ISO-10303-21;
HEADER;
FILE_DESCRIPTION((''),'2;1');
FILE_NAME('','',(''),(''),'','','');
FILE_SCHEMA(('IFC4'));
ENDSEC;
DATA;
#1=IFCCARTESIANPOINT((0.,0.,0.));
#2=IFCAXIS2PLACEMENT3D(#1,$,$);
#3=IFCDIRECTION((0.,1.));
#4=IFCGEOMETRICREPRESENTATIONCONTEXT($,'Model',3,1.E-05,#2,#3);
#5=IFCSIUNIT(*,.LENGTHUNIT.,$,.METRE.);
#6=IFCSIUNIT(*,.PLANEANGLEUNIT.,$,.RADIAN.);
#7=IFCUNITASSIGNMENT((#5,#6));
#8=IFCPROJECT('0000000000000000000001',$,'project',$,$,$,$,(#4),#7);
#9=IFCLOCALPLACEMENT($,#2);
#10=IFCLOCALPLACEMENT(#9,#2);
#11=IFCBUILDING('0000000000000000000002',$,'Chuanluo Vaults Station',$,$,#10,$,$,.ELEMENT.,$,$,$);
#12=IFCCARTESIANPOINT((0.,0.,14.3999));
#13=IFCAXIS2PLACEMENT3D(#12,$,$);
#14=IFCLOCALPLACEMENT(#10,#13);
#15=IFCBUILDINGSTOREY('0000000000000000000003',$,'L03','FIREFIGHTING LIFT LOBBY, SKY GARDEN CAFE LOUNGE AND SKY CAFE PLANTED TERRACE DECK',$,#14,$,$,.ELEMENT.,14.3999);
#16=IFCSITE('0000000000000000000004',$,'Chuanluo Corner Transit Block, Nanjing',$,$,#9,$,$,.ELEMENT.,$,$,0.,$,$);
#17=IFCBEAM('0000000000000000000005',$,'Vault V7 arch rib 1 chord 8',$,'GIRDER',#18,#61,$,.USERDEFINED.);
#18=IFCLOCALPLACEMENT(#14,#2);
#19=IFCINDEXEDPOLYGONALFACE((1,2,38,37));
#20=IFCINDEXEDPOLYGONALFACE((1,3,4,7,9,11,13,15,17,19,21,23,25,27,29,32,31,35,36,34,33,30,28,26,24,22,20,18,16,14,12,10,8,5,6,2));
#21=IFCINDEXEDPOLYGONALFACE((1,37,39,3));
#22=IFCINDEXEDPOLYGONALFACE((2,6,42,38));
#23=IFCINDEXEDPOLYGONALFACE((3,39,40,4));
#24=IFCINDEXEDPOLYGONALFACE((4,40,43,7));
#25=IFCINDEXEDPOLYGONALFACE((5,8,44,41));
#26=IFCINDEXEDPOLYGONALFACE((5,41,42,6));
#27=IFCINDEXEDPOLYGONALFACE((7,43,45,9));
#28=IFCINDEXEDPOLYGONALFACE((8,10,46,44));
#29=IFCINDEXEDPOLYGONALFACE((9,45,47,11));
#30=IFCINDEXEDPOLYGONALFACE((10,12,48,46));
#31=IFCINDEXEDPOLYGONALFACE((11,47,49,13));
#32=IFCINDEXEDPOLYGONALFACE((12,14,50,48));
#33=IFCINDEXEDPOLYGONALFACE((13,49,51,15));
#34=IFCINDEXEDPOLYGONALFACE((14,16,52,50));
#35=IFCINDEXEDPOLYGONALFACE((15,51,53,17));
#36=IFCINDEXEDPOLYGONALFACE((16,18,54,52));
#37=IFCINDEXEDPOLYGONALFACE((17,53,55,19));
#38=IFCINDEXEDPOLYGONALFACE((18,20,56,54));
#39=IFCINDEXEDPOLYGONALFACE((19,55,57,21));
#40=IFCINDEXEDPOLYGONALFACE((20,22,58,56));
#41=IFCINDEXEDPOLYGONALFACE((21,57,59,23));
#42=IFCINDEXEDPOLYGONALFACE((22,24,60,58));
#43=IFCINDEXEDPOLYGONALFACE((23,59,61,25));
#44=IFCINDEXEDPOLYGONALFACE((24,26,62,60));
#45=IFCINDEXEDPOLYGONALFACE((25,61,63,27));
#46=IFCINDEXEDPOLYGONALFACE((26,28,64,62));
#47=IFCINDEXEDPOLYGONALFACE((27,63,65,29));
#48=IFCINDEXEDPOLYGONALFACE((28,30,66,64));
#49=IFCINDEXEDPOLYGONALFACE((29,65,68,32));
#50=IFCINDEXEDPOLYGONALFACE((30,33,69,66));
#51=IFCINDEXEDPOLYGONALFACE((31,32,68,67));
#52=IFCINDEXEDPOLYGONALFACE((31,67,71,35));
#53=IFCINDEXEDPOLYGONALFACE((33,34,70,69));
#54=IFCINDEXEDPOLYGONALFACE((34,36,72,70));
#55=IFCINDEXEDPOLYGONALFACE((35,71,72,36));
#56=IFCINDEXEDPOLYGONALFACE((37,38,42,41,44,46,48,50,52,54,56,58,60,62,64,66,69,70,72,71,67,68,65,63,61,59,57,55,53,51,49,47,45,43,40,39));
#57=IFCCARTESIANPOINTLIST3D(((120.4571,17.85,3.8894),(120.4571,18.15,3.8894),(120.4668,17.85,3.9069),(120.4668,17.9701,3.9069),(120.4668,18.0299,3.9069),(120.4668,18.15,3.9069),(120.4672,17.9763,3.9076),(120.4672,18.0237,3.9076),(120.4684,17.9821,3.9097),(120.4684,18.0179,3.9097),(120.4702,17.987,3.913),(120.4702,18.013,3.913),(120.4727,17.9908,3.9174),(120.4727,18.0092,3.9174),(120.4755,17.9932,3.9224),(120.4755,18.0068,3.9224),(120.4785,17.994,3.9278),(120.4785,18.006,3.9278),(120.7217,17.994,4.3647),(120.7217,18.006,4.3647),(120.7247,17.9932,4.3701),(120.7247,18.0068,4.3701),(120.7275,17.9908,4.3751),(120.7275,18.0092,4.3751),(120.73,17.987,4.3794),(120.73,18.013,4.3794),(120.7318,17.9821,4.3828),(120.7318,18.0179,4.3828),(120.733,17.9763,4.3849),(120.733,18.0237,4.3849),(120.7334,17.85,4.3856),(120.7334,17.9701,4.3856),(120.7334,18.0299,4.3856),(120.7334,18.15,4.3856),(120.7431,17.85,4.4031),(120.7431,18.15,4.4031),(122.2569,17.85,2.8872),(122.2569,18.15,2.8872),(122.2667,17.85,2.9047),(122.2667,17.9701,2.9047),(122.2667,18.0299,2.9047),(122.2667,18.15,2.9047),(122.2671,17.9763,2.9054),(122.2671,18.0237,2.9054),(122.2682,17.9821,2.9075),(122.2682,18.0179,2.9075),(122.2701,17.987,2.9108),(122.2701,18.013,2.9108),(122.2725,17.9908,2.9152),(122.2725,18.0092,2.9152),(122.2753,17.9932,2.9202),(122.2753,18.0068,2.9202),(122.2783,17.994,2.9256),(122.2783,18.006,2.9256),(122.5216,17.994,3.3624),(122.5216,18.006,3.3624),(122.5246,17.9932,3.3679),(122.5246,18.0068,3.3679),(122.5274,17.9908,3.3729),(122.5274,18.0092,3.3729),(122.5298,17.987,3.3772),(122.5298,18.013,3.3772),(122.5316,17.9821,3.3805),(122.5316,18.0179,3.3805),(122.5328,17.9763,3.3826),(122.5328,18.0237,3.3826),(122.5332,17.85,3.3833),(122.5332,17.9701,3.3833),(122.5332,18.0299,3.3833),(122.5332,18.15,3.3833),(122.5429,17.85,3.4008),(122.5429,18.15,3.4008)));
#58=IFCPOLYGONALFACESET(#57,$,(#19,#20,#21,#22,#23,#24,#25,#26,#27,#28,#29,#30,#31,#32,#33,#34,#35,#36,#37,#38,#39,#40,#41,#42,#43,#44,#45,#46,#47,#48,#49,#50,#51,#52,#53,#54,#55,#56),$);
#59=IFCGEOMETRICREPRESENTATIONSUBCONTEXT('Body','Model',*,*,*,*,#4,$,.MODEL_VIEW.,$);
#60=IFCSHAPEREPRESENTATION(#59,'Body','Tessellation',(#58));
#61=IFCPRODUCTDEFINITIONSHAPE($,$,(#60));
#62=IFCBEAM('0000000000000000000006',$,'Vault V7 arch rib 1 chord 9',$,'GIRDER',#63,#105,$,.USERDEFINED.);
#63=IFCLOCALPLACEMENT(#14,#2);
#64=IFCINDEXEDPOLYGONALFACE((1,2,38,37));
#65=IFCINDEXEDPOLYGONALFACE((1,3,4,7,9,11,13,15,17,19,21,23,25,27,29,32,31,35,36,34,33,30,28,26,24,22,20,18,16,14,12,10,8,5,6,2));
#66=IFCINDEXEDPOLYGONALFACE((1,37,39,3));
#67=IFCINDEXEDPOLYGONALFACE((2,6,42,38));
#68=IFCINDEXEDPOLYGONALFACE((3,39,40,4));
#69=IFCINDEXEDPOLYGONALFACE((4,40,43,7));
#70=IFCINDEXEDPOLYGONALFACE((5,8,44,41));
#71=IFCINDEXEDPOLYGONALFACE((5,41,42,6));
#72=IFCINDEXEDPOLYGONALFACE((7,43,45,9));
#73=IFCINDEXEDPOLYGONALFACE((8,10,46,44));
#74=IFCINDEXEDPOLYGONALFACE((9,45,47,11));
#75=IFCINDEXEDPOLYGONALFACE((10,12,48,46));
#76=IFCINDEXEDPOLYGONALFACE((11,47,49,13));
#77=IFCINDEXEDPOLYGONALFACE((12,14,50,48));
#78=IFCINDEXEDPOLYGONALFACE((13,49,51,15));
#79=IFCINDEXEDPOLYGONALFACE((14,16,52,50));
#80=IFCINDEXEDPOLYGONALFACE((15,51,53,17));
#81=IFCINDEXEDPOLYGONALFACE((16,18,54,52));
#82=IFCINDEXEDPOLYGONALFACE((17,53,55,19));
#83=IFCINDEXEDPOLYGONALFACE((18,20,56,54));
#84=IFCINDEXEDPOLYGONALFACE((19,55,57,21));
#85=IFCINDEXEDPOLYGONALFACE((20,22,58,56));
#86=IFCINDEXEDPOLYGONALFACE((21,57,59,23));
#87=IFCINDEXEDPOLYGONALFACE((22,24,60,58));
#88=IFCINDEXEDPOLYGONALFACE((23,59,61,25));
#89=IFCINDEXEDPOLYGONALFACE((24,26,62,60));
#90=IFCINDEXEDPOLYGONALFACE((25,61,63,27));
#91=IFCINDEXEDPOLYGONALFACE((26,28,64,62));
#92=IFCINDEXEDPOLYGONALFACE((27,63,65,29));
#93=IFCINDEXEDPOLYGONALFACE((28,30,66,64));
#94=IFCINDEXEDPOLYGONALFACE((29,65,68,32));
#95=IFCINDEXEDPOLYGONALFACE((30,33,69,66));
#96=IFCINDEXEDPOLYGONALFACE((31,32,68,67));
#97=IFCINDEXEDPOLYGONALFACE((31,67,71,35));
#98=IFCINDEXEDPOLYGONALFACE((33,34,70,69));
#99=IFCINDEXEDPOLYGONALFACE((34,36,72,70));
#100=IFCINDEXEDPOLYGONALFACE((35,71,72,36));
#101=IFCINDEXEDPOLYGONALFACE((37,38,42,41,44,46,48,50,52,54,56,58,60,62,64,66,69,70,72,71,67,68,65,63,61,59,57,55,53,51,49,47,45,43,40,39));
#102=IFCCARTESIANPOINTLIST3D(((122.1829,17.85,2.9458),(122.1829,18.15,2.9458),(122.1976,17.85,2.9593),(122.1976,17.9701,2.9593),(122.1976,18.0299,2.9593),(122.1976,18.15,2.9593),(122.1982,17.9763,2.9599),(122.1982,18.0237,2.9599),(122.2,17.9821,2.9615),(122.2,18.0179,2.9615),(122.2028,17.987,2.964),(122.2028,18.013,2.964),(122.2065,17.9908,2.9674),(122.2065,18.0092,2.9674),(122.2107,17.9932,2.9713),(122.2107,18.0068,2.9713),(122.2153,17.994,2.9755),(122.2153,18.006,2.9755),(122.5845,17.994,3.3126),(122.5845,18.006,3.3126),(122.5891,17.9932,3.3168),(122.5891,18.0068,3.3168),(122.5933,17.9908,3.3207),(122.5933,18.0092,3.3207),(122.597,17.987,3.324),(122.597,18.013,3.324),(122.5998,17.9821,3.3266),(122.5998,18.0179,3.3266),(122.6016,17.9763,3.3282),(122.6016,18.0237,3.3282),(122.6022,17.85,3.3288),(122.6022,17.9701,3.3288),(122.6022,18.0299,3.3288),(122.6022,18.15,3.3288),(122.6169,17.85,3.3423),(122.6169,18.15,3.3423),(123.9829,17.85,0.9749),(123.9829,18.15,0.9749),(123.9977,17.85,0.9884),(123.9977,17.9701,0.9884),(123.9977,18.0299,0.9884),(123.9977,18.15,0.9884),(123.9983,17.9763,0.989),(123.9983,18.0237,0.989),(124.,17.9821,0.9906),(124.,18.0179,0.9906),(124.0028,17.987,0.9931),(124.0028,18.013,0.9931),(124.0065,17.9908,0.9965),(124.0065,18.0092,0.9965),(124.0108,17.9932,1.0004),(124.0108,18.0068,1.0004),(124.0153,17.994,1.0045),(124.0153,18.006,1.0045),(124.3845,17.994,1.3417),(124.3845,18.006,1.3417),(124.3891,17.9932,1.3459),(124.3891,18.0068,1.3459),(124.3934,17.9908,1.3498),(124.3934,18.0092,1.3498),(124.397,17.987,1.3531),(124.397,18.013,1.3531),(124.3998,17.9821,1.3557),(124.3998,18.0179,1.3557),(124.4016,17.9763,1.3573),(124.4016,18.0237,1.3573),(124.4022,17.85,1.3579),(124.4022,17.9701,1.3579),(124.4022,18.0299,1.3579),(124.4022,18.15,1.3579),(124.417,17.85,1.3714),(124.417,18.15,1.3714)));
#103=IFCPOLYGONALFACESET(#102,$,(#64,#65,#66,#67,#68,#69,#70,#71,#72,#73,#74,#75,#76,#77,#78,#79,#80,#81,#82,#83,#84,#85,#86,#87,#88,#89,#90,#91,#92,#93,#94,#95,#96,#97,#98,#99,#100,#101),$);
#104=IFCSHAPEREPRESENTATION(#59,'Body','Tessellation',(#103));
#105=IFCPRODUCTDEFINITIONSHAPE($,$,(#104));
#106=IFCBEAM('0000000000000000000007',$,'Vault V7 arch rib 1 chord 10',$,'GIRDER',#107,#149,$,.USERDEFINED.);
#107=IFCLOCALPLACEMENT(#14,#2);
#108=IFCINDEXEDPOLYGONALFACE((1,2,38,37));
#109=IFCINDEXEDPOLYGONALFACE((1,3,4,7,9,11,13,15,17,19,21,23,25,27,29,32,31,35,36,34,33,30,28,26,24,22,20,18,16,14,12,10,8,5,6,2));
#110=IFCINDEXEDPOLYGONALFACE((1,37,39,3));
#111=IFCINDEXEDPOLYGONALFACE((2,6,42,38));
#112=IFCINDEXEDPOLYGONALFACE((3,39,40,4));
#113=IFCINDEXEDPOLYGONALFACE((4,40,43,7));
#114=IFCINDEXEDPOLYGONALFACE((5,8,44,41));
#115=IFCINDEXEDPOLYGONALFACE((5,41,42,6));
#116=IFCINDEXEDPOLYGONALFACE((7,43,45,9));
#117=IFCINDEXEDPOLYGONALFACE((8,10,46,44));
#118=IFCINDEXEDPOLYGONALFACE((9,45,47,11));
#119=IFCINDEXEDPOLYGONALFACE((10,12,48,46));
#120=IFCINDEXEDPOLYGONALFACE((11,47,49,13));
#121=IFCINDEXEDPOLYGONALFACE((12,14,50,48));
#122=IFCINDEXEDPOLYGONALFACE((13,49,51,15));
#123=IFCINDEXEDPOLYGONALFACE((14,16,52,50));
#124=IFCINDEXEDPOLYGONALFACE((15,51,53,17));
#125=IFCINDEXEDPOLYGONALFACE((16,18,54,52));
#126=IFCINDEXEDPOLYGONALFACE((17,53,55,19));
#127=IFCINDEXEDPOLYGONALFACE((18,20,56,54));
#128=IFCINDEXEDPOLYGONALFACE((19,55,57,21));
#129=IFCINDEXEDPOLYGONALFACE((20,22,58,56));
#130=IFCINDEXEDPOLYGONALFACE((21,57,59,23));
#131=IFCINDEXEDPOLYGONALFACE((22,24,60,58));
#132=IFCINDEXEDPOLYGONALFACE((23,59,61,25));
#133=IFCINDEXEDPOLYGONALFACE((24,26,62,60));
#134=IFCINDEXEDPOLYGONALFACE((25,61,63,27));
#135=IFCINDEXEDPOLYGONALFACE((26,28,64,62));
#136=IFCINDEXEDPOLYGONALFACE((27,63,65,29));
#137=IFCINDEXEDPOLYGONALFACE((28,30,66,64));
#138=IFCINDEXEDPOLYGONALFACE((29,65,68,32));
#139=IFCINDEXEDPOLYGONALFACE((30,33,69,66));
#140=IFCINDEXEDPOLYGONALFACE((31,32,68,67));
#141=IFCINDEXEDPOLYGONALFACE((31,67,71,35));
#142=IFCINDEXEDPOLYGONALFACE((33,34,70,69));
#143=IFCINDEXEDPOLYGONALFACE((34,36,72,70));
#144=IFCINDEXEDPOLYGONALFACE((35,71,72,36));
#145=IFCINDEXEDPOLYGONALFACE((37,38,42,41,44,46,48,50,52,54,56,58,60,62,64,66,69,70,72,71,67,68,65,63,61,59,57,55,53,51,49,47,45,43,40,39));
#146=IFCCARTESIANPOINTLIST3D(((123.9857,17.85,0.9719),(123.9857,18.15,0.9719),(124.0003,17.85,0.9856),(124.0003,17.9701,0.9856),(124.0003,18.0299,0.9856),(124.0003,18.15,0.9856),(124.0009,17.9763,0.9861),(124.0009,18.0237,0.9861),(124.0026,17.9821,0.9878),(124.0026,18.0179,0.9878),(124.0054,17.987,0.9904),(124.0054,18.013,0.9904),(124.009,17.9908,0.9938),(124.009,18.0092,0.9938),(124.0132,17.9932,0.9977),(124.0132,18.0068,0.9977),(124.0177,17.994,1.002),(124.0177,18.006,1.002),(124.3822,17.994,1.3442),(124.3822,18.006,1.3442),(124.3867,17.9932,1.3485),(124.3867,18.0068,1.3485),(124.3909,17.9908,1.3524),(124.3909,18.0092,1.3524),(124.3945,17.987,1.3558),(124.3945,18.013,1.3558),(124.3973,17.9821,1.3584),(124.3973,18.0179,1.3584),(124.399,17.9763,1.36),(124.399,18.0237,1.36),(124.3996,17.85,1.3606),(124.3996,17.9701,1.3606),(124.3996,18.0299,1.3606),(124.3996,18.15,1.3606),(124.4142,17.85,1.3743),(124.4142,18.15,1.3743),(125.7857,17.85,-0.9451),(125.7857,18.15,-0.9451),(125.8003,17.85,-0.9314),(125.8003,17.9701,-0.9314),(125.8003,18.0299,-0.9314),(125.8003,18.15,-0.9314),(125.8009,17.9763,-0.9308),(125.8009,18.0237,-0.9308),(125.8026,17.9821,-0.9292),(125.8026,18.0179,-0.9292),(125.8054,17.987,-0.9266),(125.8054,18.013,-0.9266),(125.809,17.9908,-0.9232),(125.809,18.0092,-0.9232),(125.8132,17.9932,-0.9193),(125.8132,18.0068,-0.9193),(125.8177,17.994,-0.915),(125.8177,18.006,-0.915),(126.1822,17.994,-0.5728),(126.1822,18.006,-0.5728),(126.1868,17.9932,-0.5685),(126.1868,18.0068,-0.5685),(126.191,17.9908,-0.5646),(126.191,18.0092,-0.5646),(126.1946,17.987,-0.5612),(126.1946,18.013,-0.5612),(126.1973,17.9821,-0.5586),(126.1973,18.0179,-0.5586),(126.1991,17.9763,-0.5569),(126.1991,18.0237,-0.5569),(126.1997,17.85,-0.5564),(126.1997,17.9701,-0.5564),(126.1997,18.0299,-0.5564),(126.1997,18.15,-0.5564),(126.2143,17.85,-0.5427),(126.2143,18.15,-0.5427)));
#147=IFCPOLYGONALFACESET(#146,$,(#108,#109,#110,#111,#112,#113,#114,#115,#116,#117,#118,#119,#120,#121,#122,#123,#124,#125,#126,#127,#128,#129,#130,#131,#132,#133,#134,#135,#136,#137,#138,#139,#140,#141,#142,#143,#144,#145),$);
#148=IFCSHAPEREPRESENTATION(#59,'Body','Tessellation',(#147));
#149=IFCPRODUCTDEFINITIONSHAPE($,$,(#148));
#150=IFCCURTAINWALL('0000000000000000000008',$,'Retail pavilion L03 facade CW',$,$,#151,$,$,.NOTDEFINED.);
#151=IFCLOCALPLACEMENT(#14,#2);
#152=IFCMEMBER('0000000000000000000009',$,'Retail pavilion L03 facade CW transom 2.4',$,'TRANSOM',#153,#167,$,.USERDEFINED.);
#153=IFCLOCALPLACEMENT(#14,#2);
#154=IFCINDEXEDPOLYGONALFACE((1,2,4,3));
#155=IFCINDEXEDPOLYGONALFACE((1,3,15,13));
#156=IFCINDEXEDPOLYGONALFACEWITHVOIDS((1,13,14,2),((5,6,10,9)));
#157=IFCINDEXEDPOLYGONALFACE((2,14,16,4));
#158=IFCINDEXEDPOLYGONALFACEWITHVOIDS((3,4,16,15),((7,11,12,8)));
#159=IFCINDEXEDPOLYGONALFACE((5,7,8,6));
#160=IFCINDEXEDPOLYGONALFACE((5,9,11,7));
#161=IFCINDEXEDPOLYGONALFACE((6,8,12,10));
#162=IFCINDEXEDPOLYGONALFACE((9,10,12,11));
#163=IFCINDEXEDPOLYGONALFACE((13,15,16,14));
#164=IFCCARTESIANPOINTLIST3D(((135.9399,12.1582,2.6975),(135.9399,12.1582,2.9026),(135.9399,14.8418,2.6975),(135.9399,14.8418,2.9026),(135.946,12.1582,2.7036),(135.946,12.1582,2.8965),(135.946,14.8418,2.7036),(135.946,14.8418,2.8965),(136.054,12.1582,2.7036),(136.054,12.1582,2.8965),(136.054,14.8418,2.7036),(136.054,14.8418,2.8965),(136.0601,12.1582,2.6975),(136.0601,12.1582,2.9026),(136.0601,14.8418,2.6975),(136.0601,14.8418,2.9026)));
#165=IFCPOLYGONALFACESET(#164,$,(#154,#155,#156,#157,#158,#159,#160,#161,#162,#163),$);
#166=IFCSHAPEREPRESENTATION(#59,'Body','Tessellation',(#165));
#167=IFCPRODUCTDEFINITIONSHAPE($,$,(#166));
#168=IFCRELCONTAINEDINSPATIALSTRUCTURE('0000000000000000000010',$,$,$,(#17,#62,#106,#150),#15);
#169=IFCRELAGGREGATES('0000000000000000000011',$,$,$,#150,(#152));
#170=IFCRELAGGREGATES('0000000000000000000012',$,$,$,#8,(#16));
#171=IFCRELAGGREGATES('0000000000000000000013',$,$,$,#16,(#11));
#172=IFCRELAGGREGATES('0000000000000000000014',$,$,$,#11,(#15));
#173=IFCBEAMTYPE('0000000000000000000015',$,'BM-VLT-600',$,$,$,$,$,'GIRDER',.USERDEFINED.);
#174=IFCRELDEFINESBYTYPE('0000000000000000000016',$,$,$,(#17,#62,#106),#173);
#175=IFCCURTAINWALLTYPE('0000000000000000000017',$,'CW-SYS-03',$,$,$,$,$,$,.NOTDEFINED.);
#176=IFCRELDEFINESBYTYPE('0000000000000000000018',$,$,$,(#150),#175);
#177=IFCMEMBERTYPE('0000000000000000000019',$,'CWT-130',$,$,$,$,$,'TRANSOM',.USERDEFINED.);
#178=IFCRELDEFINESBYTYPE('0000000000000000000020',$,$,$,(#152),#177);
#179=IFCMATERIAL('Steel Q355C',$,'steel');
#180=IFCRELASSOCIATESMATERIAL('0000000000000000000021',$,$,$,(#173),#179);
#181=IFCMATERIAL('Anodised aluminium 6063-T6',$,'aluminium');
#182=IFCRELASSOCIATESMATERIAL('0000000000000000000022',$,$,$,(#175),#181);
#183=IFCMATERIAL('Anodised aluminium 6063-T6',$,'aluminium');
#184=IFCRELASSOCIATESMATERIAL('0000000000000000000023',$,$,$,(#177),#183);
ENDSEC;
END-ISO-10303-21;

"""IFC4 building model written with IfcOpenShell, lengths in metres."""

from ifc_helpers import new_model, si_unit, direction, frame, origin, origin_2d, place, context, subcontext, project, spatial, hollow_rectangle, i_section, extrude, material, material_profile, profile_set, type_object, element, aggregate, save


model = new_model("IFC4")

# Units and contexts
model_context = context("Model", 3, precision=1e-05, world=origin(), true_north=direction((0.0, 1.0)))
body_context = subcontext(model_context, "Body", "Model", "MODEL_VIEW")
ifc_project = project(units=[si_unit("LENGTHUNIT", "METRE"), si_unit("PLANEANGLEUNIT", "RADIAN")], contexts=[model_context])

# Site, building, storey
site_placement = place(None, origin())
site = spatial("IfcSite", under=ifc_project, at=site_placement, Name="Chuanluo Corner Transit Block, Nanjing", CompositionType="ELEMENT", RefElevation=0.0)
building_placement = place(site_placement, origin())
building = spatial("IfcBuilding", under=site, at=building_placement, Name="Chuanluo Vaults Station", CompositionType="ELEMENT")
storey_placement = place(building_placement, frame((0.0, 0.0, 14.3999)))
storey = spatial("IfcBuildingStorey", under=building, at=storey_placement, Name="L03", Description="FIREFIGHTING LIFT LOBBY, SKY GARDEN CAFE LOUNGE AND SKY CAFE PLANTED TERRACE DECK", CompositionType="ELEMENT", Elevation=14.3999)

# Beams
ifc_material_1 = material(Name="Steel Q355C", Category="steel")
ifc_material_profile_1 = material_profile(ifc_material_1, i_section(OverallWidth=0.3, OverallDepth=0.5879, WebThickness=0.012, FlangeThickness=0.02, FilletRadius=0.0239, at=origin_2d()))
ifc_profile_set_1 = profile_set([ifc_material_profile_1], Name="Steel Q355C")
beam_type_1 = type_object("IfcBeamType", Name="BM-VLT-600", ElementType="GIRDER", PredefinedType="USERDEFINED", material=ifc_profile_set_1)
beam_1_placement = place(storey_placement, frame((120.6001, 18.0, 4.1462), z_axis=(0.873682, 0.0, -0.486498), x_axis=(0.0, 1.0, 0.0)))
element("IfcBeam", 1, at=beam_1_placement, inside=storey, type_object=beam_type_1, Name="Vault V7 arch rib 1 chord 8", ObjectType="GIRDER", PredefinedType="USERDEFINED", context=body_context, shape_type="SweptSolid", body=[
    extrude(i_section(OverallWidth=0.3, OverallDepth=0.5879, WebThickness=0.012, FlangeThickness=0.02, FilletRadius=0.0239, at=origin_2d()), origin(), (0.0, 0.0, 1.0), 2.0601),
])
beam_2_placement = place(storey_placement, frame((122.3999, 18.0, 3.144), z_axis=(0.674369, 0.0, -0.738394), x_axis=(0.0, 1.0, 0.0)))
element("IfcBeam", 2, at=beam_2_placement, inside=storey, type_object=beam_type_1, Name="Vault V7 arch rib 1 chord 9", ObjectType="GIRDER", PredefinedType="USERDEFINED", context=body_context, shape_type="SweptSolid", body=[
    extrude(i_section(OverallWidth=0.3, OverallDepth=0.5879, WebThickness=0.012, FlangeThickness=0.02, FilletRadius=0.0239, at=origin_2d()), origin(), (0.0, 0.0, 1.0), 2.6692),
])
beam_3_placement = place(storey_placement, frame((124.2, 18.0, 1.1731), z_axis=(0.684522, 0.0, -0.728993), x_axis=(0.0, 1.0, 0.0)))
element("IfcBeam", 3, at=beam_3_placement, inside=storey, type_object=beam_type_1, Name="Vault V7 arch rib 1 chord 10", ObjectType="GIRDER", PredefinedType="USERDEFINED", context=body_context, shape_type="SweptSolid", body=[
    extrude(i_section(OverallWidth=0.3, OverallDepth=0.5879, WebThickness=0.012, FlangeThickness=0.02, FilletRadius=0.0239, at=origin_2d()), origin(), (0.0, 0.0, 1.0), 2.6296),
])

# Curtain wall, member
ifc_material_2 = material(Name="Anodised aluminium 6063-T6", Category="aluminium")
curtain_wall_type = type_object("IfcCurtainWallType", Name="CW-SYS-03", PredefinedType="NOTDEFINED", material=ifc_material_2)
curtain_wall_placement = place(storey_placement, origin())
curtain_wall = element("IfcCurtainWall", 4, at=curtain_wall_placement, inside=storey, type_object=curtain_wall_type, Name="Retail pavilion L03 facade CW", PredefinedType="NOTDEFINED")
ifc_material_3 = material(Name="Anodised aluminium 6063-T6", Category="aluminium")
ifc_material_profile_2 = material_profile(ifc_material_3, hollow_rectangle(XDim=0.1201, YDim=0.2051, WallThickness=0.0061, at=origin_2d()))
ifc_profile_set_2 = profile_set([ifc_material_profile_2], Name="Anodised aluminium 6063-T6")
member_type_1 = type_object("IfcMemberType", Name="CWT-130", ElementType="TRANSOM", PredefinedType="USERDEFINED", material=ifc_profile_set_2)
member_1_placement = place(storey_placement, frame((136.0, 12.1582, 2.8), z_axis=(0.0, 1.0, 0.0), x_axis=(-1.0, 0.0, 0.0)))
member_1 = element("IfcMember", 5, at=member_1_placement, type_object=member_type_1, Name="Retail pavilion L03 facade CW transom 2.4", ObjectType="TRANSOM", PredefinedType="USERDEFINED", context=body_context, shape_type="SweptSolid", body=[
    extrude(hollow_rectangle(XDim=0.1201, YDim=0.2051, WallThickness=0.0061, at=origin_2d()), origin(), (0.0, 0.0, 1.0), 2.6836),
])

aggregate(curtain_wall, [member_1])

save(model, "model.ifc")
